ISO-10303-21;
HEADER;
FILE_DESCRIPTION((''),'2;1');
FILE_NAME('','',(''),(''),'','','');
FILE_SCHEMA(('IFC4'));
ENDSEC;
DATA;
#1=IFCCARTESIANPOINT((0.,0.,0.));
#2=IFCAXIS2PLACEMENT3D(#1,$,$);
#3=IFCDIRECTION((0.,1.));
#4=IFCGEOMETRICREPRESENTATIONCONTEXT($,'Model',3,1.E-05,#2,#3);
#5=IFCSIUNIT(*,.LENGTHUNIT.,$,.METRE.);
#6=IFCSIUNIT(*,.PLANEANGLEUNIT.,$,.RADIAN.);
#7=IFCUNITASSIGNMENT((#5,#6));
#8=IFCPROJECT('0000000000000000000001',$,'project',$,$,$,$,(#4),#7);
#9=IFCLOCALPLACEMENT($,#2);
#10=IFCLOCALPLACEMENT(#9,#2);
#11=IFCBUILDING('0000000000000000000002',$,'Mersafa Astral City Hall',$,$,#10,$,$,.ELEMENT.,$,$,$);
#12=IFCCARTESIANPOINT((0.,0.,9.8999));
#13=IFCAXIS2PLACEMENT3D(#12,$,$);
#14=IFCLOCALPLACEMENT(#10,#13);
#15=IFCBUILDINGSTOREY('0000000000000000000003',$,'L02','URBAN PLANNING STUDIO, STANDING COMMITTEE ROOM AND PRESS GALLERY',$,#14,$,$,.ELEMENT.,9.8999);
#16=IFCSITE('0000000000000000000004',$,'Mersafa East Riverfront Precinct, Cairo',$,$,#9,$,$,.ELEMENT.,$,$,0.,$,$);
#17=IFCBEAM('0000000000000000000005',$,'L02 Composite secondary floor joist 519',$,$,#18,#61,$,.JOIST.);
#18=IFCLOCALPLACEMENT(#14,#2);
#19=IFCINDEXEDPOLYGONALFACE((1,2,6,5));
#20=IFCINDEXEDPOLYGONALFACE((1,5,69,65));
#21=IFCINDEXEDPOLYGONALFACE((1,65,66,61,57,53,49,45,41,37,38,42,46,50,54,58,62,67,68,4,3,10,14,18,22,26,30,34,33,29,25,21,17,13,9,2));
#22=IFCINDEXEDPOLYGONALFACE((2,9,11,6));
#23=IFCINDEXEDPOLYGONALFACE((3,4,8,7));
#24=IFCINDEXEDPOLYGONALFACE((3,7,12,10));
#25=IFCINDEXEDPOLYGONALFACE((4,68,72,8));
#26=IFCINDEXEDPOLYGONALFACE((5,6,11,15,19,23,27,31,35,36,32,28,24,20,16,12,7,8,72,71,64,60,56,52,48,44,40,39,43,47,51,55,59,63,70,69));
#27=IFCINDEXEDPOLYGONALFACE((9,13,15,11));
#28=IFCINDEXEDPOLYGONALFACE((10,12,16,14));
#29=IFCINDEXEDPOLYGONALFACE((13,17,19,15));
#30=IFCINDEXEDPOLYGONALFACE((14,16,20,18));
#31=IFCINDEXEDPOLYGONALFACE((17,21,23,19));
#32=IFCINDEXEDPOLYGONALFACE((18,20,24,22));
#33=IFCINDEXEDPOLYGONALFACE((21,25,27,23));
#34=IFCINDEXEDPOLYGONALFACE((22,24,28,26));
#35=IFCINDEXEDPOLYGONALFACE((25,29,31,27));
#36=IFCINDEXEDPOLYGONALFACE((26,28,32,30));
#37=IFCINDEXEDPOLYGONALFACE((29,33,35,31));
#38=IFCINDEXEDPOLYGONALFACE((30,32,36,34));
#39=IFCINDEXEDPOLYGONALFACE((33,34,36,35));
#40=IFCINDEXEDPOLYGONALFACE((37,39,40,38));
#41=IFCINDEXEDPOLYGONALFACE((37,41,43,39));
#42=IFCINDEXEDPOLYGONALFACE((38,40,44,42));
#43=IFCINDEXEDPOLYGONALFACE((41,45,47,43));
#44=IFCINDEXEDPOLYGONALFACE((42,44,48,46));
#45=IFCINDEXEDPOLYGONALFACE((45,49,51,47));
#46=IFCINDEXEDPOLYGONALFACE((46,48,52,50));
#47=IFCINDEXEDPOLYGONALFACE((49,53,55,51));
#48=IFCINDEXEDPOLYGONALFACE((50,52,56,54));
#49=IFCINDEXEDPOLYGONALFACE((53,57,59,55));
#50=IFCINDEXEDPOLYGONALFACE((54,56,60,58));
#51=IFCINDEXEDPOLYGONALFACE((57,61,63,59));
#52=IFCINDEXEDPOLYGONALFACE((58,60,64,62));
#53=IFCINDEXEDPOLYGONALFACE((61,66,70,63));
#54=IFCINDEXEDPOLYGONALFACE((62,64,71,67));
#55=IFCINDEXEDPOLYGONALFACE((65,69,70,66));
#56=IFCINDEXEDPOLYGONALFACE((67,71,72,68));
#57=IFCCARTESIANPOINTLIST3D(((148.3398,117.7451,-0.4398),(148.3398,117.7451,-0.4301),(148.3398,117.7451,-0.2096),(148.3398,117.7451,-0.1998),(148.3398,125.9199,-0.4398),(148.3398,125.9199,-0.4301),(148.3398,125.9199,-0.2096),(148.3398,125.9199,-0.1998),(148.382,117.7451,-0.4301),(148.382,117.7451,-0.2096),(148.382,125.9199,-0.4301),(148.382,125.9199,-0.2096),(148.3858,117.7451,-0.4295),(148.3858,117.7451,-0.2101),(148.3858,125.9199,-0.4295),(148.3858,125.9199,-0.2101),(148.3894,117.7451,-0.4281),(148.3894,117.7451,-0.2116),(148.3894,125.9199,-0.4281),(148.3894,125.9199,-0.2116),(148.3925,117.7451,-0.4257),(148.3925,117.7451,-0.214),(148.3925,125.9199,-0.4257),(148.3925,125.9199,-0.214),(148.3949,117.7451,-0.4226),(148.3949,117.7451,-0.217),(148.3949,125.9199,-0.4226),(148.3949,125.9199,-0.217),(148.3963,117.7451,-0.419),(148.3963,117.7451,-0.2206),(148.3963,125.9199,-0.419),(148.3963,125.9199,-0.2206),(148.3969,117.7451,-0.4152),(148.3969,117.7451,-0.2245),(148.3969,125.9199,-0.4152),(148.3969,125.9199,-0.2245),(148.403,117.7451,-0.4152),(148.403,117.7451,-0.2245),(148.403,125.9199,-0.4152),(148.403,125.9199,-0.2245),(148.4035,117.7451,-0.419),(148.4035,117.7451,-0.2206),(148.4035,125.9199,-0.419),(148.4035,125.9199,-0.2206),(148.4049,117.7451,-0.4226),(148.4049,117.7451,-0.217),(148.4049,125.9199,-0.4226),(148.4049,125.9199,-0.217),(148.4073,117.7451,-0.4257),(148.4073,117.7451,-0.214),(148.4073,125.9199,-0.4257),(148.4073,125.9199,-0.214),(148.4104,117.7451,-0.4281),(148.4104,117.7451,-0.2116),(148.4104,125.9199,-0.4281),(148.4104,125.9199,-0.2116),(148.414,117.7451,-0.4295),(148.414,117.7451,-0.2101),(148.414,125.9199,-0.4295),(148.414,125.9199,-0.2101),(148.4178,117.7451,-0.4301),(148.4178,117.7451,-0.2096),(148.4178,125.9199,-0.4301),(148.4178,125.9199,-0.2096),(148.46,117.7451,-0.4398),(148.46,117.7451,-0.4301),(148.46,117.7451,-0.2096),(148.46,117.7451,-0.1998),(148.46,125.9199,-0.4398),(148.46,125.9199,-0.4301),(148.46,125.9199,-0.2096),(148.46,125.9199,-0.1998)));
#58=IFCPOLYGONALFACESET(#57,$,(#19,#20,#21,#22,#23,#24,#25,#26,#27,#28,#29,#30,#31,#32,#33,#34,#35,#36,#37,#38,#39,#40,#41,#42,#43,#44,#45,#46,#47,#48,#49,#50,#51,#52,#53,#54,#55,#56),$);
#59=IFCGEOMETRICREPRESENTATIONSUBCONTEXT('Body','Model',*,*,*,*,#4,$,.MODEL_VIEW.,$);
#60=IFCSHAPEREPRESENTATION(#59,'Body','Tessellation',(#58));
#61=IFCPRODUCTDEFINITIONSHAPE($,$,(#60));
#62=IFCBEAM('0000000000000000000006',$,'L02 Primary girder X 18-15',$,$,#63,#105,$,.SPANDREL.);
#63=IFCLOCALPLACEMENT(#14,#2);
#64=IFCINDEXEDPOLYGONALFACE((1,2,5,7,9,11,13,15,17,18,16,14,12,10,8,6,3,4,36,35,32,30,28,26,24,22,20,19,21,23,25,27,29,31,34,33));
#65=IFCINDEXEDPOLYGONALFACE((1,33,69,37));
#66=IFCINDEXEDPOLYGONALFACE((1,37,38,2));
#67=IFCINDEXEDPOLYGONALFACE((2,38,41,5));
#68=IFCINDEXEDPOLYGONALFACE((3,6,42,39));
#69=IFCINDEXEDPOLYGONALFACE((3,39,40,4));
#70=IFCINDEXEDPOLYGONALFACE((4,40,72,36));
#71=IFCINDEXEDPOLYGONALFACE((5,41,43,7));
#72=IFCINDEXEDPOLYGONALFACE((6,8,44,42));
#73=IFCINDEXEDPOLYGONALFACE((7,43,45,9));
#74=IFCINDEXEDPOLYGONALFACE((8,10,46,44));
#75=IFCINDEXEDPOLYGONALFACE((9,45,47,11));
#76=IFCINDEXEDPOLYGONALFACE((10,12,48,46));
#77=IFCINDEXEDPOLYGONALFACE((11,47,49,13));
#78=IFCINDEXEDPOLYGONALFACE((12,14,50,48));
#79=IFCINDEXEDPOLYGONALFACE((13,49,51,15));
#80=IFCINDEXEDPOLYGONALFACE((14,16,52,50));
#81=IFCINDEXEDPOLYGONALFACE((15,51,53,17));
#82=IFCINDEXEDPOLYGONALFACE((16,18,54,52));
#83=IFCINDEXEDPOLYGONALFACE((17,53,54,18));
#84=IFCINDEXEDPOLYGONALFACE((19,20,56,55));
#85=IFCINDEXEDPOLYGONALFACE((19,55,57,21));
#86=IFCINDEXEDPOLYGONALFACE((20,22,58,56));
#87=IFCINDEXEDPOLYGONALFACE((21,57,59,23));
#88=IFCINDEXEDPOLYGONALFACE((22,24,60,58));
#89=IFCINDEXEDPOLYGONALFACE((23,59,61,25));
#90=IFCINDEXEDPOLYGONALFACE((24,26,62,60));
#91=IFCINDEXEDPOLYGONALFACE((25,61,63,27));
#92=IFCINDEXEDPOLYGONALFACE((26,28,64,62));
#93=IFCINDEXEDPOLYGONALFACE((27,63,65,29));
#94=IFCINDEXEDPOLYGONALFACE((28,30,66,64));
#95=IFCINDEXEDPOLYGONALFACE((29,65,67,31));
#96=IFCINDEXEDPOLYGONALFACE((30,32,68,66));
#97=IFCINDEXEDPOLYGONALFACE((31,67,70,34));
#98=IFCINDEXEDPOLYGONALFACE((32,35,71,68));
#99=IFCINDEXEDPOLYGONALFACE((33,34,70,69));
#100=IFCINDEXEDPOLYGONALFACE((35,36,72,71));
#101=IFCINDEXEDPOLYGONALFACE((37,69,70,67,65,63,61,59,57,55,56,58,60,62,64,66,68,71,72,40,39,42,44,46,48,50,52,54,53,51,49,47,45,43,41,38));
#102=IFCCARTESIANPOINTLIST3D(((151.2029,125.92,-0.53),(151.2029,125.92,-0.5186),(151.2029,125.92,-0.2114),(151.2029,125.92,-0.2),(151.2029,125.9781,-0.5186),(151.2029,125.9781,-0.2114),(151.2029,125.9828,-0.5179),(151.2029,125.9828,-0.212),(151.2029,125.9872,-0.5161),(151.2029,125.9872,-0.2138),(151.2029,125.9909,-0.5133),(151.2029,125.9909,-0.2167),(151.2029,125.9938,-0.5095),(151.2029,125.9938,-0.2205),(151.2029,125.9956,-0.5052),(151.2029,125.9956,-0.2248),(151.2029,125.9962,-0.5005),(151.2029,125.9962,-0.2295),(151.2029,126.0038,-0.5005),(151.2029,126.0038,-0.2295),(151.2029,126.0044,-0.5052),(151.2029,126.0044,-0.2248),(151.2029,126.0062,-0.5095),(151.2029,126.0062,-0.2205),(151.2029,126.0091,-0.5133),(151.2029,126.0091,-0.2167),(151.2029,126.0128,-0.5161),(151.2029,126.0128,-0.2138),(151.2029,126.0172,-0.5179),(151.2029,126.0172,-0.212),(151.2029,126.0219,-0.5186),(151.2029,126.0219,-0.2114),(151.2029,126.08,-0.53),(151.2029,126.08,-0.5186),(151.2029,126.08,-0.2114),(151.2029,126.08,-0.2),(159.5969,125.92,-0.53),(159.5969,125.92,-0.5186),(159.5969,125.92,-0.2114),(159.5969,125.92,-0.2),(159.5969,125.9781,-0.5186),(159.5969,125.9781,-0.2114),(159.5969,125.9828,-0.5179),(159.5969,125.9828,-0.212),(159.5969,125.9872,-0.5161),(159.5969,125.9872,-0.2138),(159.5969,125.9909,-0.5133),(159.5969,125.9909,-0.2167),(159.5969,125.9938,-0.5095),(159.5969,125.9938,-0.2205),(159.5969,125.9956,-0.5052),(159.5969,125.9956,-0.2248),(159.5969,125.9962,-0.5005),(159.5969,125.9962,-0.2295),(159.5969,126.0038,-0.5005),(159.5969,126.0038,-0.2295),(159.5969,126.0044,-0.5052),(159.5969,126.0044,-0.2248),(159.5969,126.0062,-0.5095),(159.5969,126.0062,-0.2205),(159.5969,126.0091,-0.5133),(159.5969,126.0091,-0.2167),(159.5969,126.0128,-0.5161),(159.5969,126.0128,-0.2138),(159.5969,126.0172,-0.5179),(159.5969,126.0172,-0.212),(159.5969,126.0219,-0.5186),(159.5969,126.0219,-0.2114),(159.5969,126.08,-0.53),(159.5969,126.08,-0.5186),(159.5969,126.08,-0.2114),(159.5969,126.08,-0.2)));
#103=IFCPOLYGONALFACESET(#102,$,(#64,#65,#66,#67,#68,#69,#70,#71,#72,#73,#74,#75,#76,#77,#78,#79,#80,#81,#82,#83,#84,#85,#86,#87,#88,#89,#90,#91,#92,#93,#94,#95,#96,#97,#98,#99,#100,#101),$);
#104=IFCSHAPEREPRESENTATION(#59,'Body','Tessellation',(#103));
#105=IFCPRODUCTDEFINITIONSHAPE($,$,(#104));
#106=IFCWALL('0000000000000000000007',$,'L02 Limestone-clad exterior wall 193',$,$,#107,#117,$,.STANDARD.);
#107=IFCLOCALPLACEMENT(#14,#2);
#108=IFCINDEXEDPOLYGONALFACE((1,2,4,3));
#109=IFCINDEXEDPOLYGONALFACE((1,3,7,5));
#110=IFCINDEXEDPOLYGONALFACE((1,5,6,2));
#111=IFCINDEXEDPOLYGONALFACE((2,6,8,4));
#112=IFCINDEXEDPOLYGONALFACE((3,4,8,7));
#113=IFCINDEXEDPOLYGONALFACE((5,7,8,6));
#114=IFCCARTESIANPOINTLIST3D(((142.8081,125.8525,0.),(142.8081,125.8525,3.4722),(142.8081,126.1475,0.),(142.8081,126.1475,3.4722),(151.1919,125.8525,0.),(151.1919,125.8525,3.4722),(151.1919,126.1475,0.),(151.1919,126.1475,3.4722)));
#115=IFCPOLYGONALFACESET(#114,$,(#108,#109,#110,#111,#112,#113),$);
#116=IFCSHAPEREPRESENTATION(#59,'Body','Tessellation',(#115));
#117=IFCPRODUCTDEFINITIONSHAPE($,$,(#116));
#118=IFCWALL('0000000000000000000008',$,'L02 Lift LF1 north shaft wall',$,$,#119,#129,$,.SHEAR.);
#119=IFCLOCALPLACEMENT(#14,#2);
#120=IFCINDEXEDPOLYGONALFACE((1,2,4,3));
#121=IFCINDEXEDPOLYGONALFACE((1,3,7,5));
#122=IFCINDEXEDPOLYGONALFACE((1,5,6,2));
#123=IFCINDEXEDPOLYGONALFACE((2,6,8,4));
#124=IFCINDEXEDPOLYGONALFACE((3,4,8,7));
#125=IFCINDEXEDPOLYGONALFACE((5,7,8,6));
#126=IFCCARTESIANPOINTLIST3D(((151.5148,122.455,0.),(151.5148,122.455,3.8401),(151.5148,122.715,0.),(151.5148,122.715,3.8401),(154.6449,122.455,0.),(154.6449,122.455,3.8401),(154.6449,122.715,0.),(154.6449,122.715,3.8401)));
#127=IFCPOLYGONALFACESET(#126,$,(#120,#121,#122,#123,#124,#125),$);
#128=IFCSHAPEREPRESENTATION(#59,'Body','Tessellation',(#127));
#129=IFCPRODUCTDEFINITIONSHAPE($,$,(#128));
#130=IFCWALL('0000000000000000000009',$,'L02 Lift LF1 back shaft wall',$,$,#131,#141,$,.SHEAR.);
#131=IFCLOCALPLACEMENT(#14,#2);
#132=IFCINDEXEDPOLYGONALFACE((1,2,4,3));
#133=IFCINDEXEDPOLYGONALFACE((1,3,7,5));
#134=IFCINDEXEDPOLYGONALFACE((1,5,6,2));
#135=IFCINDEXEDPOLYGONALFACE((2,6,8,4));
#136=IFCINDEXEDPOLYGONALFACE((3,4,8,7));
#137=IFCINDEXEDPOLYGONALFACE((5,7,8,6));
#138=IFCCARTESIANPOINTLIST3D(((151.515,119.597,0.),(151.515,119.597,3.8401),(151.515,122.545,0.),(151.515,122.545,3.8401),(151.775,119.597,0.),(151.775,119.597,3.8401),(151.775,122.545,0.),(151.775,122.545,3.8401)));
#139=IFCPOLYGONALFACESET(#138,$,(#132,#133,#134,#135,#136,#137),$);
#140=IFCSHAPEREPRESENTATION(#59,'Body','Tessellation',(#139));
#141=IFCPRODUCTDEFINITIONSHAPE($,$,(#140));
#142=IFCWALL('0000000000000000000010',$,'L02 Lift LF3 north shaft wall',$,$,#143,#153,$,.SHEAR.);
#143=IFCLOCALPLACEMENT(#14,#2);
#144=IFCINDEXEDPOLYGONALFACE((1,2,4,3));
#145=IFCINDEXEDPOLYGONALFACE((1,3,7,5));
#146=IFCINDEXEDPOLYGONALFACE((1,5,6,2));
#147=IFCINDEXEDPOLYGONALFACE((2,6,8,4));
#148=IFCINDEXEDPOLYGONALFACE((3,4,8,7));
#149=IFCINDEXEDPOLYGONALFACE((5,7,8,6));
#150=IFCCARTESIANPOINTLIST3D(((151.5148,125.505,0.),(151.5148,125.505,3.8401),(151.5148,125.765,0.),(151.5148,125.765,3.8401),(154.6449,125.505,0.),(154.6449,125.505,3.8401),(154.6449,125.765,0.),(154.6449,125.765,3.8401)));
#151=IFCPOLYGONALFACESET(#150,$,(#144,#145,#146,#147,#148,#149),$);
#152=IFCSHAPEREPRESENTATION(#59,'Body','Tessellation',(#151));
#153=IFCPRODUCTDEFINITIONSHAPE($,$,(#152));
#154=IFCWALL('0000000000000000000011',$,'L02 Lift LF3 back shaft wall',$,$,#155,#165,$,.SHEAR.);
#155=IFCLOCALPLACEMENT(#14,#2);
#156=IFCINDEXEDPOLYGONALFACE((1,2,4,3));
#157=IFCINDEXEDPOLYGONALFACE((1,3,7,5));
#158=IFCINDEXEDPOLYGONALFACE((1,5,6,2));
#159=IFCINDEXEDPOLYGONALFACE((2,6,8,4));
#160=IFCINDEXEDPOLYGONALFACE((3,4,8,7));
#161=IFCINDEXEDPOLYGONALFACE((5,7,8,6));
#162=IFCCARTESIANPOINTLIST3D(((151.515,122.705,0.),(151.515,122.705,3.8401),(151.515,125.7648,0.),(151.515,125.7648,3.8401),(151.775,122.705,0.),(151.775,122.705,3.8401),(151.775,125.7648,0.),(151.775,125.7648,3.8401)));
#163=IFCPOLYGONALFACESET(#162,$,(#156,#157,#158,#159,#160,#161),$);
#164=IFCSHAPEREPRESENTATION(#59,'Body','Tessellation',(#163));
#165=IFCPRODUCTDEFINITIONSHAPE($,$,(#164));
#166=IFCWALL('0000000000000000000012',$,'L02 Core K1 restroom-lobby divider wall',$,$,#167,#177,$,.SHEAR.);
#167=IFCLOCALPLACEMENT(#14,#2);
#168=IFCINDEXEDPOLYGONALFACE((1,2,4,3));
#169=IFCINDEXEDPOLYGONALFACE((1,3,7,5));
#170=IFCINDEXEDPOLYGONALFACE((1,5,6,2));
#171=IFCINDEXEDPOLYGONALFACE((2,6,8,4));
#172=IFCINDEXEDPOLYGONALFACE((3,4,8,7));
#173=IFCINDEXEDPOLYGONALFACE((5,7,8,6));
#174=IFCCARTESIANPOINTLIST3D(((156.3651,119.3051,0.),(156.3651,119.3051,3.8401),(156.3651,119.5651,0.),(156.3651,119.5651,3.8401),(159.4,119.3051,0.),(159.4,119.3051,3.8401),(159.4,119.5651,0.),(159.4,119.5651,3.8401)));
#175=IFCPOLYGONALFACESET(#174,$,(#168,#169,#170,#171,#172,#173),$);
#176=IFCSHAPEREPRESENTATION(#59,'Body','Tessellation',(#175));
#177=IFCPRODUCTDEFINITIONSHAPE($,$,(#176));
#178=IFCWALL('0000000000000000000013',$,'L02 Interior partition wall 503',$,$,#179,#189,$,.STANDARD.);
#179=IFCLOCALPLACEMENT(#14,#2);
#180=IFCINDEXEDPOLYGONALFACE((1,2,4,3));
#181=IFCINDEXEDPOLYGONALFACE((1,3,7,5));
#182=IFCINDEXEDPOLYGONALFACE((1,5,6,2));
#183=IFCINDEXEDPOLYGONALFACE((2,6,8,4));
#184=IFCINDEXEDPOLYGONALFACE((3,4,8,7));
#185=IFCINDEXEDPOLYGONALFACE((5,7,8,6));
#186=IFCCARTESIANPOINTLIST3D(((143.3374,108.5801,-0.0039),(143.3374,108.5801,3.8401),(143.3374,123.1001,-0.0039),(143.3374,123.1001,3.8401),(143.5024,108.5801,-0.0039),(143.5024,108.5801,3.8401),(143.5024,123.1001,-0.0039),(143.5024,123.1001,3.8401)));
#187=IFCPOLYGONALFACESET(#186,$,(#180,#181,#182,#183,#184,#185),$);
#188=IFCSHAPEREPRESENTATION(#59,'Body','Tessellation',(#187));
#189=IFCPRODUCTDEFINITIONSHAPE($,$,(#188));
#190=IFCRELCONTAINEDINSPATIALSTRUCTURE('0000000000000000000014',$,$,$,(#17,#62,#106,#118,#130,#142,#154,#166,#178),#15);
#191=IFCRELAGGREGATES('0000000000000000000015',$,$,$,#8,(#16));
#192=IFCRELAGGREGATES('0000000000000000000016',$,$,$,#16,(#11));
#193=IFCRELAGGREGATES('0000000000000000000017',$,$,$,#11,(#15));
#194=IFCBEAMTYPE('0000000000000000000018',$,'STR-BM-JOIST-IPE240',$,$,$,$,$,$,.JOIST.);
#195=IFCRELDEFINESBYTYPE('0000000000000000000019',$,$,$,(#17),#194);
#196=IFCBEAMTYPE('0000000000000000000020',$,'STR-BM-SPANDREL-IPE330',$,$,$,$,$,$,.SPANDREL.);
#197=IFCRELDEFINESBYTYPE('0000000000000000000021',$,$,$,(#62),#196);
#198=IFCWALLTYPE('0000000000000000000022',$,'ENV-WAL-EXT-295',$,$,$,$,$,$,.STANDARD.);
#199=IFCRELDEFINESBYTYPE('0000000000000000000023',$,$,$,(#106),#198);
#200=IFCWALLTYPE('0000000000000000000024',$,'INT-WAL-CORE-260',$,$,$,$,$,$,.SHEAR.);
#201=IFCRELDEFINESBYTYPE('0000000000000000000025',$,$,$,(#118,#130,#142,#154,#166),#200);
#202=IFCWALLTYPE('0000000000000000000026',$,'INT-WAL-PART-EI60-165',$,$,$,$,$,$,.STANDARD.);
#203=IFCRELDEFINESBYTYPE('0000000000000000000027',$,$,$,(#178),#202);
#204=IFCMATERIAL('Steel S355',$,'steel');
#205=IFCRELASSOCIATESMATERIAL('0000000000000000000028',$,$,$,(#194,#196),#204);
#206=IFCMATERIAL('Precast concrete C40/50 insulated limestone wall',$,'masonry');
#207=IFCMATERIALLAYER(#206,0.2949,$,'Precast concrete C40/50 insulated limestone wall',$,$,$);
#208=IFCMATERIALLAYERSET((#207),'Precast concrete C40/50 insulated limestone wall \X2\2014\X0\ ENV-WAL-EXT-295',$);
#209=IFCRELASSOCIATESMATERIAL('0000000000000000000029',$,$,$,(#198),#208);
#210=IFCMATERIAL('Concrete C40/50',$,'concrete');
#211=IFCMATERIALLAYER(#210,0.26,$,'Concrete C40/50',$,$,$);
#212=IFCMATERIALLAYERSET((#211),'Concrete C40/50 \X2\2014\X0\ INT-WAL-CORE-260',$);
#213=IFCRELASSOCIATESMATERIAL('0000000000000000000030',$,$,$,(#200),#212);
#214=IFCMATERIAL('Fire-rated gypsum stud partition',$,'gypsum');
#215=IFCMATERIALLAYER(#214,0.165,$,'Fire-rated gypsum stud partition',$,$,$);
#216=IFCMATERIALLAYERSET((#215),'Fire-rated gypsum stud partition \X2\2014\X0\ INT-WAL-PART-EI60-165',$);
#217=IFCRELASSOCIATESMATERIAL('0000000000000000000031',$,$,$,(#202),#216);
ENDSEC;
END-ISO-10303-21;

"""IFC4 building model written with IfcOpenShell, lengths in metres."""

from ifc_helpers import new_model, si_unit, direction, frame, frame_2d, origin, origin_2d, place, context, subcontext, project, spatial, rectangle, i_section, extrude, material, layer, layer_set, material_profile, profile_set, type_object, element, save


model = new_model("IFC4")

# Units and contexts
model_context = context("Model", 3, precision=1e-05, world=origin(), true_north=direction((0.0, 1.0)))
body_context = subcontext(model_context, "Body", "Model", "MODEL_VIEW")
ifc_project = project(units=[si_unit("LENGTHUNIT", "METRE"), si_unit("PLANEANGLEUNIT", "RADIAN")], contexts=[model_context])

# Site, building, storey
site_placement = place(None, origin())
site = spatial("IfcSite", under=ifc_project, at=site_placement, Name="Mersafa East Riverfront Precinct, Cairo", CompositionType="ELEMENT", RefElevation=0.0)
building_placement = place(site_placement, origin())
building = spatial("IfcBuilding", under=site, at=building_placement, Name="Mersafa Astral City Hall", CompositionType="ELEMENT")
storey_placement = place(building_placement, frame((0.0, 0.0, 9.8999)))
storey = spatial("IfcBuildingStorey", under=building, at=storey_placement, Name="L02", Description="URBAN PLANNING STUDIO, STANDING COMMITTEE ROOM AND PRESS GALLERY", CompositionType="ELEMENT", Elevation=9.8999)

# Shared definitions
ifc_material_1 = material(Name="Steel S355", Category="steel")

# Beams
ifc_material_profile_1 = material_profile(ifc_material_1, i_section(OverallWidth=0.1201, OverallDepth=0.24, WebThickness=0.0061, FlangeThickness=0.0098, FilletRadius=0.0149, at=origin_2d()), Name="IPE 240")
ifc_profile_set_1 = profile_set([ifc_material_profile_1], Name="Steel S355")
beam_type_1 = type_object("IfcBeamType", Name="STR-BM-JOIST-IPE240", PredefinedType="JOIST", material=ifc_profile_set_1)
for number, where, z_axis, x_axis, name in (
    (1, (148.3999, 117.7451, -0.3198), (0.0, 1.0, 0.0), (-1.0, 0.0, 0.0), "L02 Composite secondary floor joist 519"),
):
    element("IfcBeam", number, at=place(storey_placement, frame(where, z_axis=z_axis, x_axis=x_axis)), inside=storey, type_object=beam_type_1, Name=name, PredefinedType="JOIST", context=body_context, shape_type="SweptSolid", body=[
        extrude(i_section(OverallWidth=0.1201, OverallDepth=0.24, WebThickness=0.0061, FlangeThickness=0.0098, FilletRadius=0.0149, at=origin_2d()), origin(), (0.0, 0.0, 1.0), 8.1748),
    ])
ifc_material_profile_2 = material_profile(ifc_material_1, i_section(OverallWidth=0.1599, OverallDepth=0.3301, WebThickness=0.0076, FlangeThickness=0.0115, FilletRadius=0.0181, at=origin_2d()), Name="IPE 330")
ifc_profile_set_2 = profile_set([ifc_material_profile_2], Name="Steel S355")
beam_type_2 = type_object("IfcBeamType", Name="STR-BM-SPANDREL-IPE330", PredefinedType="SPANDREL", material=ifc_profile_set_2)
beam_1_placement = place(storey_placement, frame((151.2029, 126.0, -0.365), z_axis=(1.0, 0.0, 0.0), x_axis=(0.0, 1.0, 0.0)))
element("IfcBeam", 2, at=beam_1_placement, inside=storey, type_object=beam_type_2, Name="L02 Primary girder X 18-15", PredefinedType="SPANDREL", context=body_context, shape_type="SweptSolid", body=[
    extrude(i_section(OverallWidth=0.1599, OverallDepth=0.3301, WebThickness=0.0076, FlangeThickness=0.0115, FilletRadius=0.0181, at=origin_2d()), origin(), (0.0, 0.0, 1.0), 8.394),
])

# Walls
ifc_material_2 = material(Name="Precast concrete C40/50 insulated limestone wall", Category="masonry")
ifc_layer_1 = layer(ifc_material_2, 0.2949, Name="Precast concrete C40/50 insulated limestone wall")
ifc_layer_set_1 = layer_set([ifc_layer_1], Name="Precast concrete C40/50 insulated limestone wall — ENV-WAL-EXT-295")
wall_type_1 = type_object("IfcWallType", Name="ENV-WAL-EXT-295", PredefinedType="STANDARD", material=ifc_layer_set_1)
wall_1_placement = place(storey_placement, frame((151.1919, 126.0, 0.0), z_axis=(0.0, 0.0, 1.0), x_axis=(-1.0, 0.0, 0.0)))
element("IfcWall", 3, at=wall_1_placement, inside=storey, type_object=wall_type_1, Name="L02 Limestone-clad exterior wall 193", PredefinedType="STANDARD", context=body_context, shape_type="SweptSolid", body=[
    extrude(rectangle(XDim=8.3838, YDim=0.2949, at=frame_2d((4.1919, 0.0))), origin(), (0.0, 0.0, 1.0), 3.4722),
])
ifc_material_3 = material(Name="Concrete C40/50", Category="concrete")
ifc_layer_2 = layer(ifc_material_3, 0.26, Name="Concrete C40/50")
ifc_layer_set_2 = layer_set([ifc_layer_2], Name="Concrete C40/50 — INT-WAL-CORE-260")
wall_type_2 = type_object("IfcWallType", Name="INT-WAL-CORE-260", PredefinedType="SHEAR", material=ifc_layer_set_2)
wall_2_placement = place(storey_placement, frame((151.5149, 122.585, 0.0), z_axis=(0.0, 0.0, 1.0), x_axis=(1.0, 0.0, 0.0)))
element("IfcWall", 4, at=wall_2_placement, inside=storey, type_object=wall_type_2, Name="L02 Lift LF1 north shaft wall", PredefinedType="SHEAR", context=body_context, shape_type="SweptSolid", body=[
    extrude(rectangle(XDim=3.1301, YDim=0.26, at=frame_2d((1.5649, 0.0))), origin(), (0.0, 0.0, 1.0), 3.8401),
])
wall_3_placement = place(storey_placement, frame((151.645, 119.5969, 0.0), z_axis=(0.0, 0.0, 1.0), x_axis=(0.0, 1.0, 0.0)))
element("IfcWall", 5, at=wall_3_placement, inside=storey, type_object=wall_type_2, Name="L02 Lift LF1 back shaft wall", PredefinedType="SHEAR", context=body_context, shape_type="SweptSolid", body=[
    extrude(rectangle(XDim=2.948, YDim=0.26, at=frame_2d((1.4741, 0.0))), origin(), (0.0, 0.0, 1.0), 3.8401),
])

# Walls
wall_4_placement = place(storey_placement, frame((151.5149, 125.635, 0.0), z_axis=(0.0, 0.0, 1.0), x_axis=(1.0, 0.0, 0.0)))
element("IfcWall", 6, at=wall_4_placement, inside=storey, type_object=wall_type_2, Name="L02 Lift LF3 north shaft wall", PredefinedType="SHEAR", context=body_context, shape_type="SweptSolid", body=[
    extrude(rectangle(XDim=3.1301, YDim=0.26, at=frame_2d((1.5649, 0.0))), origin(), (0.0, 0.0, 1.0), 3.8401),
])
wall_5_placement = place(storey_placement, frame((151.645, 122.7051, 0.0), z_axis=(0.0, 0.0, 1.0), x_axis=(0.0, 1.0, 0.0)))
element("IfcWall", 7, at=wall_5_placement, inside=storey, type_object=wall_type_2, Name="L02 Lift LF3 back shaft wall", PredefinedType="SHEAR", context=body_context, shape_type="SweptSolid", body=[
    extrude(rectangle(XDim=3.0598, YDim=0.26, at=frame_2d((1.5298, 0.0))), origin(), (0.0, 0.0, 1.0), 3.8401),
])

# Wall
wall_6_placement = place(storey_placement, frame((156.365, 119.4351, 0.0), z_axis=(0.0, 0.0, 1.0), x_axis=(1.0, 0.0, 0.0)))
element("IfcWall", 8, at=wall_6_placement, inside=storey, type_object=wall_type_2, Name="L02 Core K1 restroom-lobby divider wall", PredefinedType="SHEAR", context=body_context, shape_type="SweptSolid", body=[
    extrude(rectangle(XDim=3.0349, YDim=0.26, at=frame_2d((1.5176, 0.0))), origin(), (0.0, 0.0, 1.0), 3.8401),
])

# Wall
ifc_material_4 = material(Name="Fire-rated gypsum stud partition", Category="gypsum")
ifc_layer_3 = layer(ifc_material_4, 0.165, Name="Fire-rated gypsum stud partition")
ifc_layer_set_3 = layer_set([ifc_layer_3], Name="Fire-rated gypsum stud partition — INT-WAL-PART-EI60-165")
wall_type_3 = type_object("IfcWallType", Name="INT-WAL-PART-EI60-165", PredefinedType="STANDARD", material=ifc_layer_set_3)
wall_7_placement = place(storey_placement, frame((143.4199, 123.1001, -0.0039), z_axis=(0.0, 0.0, 1.0), x_axis=(0.0, -1.0, 0.0)))
element("IfcWall", 9, at=wall_7_placement, inside=storey, type_object=wall_type_3, Name="L02 Interior partition wall 503", PredefinedType="STANDARD", context=body_context, shape_type="SweptSolid", body=[
    extrude(rectangle(XDim=14.52, YDim=0.165, at=frame_2d((7.26, 0.0))), origin(), (0.0, 0.0, 1.0), 3.844),
])

save(model, "model.ifc")
